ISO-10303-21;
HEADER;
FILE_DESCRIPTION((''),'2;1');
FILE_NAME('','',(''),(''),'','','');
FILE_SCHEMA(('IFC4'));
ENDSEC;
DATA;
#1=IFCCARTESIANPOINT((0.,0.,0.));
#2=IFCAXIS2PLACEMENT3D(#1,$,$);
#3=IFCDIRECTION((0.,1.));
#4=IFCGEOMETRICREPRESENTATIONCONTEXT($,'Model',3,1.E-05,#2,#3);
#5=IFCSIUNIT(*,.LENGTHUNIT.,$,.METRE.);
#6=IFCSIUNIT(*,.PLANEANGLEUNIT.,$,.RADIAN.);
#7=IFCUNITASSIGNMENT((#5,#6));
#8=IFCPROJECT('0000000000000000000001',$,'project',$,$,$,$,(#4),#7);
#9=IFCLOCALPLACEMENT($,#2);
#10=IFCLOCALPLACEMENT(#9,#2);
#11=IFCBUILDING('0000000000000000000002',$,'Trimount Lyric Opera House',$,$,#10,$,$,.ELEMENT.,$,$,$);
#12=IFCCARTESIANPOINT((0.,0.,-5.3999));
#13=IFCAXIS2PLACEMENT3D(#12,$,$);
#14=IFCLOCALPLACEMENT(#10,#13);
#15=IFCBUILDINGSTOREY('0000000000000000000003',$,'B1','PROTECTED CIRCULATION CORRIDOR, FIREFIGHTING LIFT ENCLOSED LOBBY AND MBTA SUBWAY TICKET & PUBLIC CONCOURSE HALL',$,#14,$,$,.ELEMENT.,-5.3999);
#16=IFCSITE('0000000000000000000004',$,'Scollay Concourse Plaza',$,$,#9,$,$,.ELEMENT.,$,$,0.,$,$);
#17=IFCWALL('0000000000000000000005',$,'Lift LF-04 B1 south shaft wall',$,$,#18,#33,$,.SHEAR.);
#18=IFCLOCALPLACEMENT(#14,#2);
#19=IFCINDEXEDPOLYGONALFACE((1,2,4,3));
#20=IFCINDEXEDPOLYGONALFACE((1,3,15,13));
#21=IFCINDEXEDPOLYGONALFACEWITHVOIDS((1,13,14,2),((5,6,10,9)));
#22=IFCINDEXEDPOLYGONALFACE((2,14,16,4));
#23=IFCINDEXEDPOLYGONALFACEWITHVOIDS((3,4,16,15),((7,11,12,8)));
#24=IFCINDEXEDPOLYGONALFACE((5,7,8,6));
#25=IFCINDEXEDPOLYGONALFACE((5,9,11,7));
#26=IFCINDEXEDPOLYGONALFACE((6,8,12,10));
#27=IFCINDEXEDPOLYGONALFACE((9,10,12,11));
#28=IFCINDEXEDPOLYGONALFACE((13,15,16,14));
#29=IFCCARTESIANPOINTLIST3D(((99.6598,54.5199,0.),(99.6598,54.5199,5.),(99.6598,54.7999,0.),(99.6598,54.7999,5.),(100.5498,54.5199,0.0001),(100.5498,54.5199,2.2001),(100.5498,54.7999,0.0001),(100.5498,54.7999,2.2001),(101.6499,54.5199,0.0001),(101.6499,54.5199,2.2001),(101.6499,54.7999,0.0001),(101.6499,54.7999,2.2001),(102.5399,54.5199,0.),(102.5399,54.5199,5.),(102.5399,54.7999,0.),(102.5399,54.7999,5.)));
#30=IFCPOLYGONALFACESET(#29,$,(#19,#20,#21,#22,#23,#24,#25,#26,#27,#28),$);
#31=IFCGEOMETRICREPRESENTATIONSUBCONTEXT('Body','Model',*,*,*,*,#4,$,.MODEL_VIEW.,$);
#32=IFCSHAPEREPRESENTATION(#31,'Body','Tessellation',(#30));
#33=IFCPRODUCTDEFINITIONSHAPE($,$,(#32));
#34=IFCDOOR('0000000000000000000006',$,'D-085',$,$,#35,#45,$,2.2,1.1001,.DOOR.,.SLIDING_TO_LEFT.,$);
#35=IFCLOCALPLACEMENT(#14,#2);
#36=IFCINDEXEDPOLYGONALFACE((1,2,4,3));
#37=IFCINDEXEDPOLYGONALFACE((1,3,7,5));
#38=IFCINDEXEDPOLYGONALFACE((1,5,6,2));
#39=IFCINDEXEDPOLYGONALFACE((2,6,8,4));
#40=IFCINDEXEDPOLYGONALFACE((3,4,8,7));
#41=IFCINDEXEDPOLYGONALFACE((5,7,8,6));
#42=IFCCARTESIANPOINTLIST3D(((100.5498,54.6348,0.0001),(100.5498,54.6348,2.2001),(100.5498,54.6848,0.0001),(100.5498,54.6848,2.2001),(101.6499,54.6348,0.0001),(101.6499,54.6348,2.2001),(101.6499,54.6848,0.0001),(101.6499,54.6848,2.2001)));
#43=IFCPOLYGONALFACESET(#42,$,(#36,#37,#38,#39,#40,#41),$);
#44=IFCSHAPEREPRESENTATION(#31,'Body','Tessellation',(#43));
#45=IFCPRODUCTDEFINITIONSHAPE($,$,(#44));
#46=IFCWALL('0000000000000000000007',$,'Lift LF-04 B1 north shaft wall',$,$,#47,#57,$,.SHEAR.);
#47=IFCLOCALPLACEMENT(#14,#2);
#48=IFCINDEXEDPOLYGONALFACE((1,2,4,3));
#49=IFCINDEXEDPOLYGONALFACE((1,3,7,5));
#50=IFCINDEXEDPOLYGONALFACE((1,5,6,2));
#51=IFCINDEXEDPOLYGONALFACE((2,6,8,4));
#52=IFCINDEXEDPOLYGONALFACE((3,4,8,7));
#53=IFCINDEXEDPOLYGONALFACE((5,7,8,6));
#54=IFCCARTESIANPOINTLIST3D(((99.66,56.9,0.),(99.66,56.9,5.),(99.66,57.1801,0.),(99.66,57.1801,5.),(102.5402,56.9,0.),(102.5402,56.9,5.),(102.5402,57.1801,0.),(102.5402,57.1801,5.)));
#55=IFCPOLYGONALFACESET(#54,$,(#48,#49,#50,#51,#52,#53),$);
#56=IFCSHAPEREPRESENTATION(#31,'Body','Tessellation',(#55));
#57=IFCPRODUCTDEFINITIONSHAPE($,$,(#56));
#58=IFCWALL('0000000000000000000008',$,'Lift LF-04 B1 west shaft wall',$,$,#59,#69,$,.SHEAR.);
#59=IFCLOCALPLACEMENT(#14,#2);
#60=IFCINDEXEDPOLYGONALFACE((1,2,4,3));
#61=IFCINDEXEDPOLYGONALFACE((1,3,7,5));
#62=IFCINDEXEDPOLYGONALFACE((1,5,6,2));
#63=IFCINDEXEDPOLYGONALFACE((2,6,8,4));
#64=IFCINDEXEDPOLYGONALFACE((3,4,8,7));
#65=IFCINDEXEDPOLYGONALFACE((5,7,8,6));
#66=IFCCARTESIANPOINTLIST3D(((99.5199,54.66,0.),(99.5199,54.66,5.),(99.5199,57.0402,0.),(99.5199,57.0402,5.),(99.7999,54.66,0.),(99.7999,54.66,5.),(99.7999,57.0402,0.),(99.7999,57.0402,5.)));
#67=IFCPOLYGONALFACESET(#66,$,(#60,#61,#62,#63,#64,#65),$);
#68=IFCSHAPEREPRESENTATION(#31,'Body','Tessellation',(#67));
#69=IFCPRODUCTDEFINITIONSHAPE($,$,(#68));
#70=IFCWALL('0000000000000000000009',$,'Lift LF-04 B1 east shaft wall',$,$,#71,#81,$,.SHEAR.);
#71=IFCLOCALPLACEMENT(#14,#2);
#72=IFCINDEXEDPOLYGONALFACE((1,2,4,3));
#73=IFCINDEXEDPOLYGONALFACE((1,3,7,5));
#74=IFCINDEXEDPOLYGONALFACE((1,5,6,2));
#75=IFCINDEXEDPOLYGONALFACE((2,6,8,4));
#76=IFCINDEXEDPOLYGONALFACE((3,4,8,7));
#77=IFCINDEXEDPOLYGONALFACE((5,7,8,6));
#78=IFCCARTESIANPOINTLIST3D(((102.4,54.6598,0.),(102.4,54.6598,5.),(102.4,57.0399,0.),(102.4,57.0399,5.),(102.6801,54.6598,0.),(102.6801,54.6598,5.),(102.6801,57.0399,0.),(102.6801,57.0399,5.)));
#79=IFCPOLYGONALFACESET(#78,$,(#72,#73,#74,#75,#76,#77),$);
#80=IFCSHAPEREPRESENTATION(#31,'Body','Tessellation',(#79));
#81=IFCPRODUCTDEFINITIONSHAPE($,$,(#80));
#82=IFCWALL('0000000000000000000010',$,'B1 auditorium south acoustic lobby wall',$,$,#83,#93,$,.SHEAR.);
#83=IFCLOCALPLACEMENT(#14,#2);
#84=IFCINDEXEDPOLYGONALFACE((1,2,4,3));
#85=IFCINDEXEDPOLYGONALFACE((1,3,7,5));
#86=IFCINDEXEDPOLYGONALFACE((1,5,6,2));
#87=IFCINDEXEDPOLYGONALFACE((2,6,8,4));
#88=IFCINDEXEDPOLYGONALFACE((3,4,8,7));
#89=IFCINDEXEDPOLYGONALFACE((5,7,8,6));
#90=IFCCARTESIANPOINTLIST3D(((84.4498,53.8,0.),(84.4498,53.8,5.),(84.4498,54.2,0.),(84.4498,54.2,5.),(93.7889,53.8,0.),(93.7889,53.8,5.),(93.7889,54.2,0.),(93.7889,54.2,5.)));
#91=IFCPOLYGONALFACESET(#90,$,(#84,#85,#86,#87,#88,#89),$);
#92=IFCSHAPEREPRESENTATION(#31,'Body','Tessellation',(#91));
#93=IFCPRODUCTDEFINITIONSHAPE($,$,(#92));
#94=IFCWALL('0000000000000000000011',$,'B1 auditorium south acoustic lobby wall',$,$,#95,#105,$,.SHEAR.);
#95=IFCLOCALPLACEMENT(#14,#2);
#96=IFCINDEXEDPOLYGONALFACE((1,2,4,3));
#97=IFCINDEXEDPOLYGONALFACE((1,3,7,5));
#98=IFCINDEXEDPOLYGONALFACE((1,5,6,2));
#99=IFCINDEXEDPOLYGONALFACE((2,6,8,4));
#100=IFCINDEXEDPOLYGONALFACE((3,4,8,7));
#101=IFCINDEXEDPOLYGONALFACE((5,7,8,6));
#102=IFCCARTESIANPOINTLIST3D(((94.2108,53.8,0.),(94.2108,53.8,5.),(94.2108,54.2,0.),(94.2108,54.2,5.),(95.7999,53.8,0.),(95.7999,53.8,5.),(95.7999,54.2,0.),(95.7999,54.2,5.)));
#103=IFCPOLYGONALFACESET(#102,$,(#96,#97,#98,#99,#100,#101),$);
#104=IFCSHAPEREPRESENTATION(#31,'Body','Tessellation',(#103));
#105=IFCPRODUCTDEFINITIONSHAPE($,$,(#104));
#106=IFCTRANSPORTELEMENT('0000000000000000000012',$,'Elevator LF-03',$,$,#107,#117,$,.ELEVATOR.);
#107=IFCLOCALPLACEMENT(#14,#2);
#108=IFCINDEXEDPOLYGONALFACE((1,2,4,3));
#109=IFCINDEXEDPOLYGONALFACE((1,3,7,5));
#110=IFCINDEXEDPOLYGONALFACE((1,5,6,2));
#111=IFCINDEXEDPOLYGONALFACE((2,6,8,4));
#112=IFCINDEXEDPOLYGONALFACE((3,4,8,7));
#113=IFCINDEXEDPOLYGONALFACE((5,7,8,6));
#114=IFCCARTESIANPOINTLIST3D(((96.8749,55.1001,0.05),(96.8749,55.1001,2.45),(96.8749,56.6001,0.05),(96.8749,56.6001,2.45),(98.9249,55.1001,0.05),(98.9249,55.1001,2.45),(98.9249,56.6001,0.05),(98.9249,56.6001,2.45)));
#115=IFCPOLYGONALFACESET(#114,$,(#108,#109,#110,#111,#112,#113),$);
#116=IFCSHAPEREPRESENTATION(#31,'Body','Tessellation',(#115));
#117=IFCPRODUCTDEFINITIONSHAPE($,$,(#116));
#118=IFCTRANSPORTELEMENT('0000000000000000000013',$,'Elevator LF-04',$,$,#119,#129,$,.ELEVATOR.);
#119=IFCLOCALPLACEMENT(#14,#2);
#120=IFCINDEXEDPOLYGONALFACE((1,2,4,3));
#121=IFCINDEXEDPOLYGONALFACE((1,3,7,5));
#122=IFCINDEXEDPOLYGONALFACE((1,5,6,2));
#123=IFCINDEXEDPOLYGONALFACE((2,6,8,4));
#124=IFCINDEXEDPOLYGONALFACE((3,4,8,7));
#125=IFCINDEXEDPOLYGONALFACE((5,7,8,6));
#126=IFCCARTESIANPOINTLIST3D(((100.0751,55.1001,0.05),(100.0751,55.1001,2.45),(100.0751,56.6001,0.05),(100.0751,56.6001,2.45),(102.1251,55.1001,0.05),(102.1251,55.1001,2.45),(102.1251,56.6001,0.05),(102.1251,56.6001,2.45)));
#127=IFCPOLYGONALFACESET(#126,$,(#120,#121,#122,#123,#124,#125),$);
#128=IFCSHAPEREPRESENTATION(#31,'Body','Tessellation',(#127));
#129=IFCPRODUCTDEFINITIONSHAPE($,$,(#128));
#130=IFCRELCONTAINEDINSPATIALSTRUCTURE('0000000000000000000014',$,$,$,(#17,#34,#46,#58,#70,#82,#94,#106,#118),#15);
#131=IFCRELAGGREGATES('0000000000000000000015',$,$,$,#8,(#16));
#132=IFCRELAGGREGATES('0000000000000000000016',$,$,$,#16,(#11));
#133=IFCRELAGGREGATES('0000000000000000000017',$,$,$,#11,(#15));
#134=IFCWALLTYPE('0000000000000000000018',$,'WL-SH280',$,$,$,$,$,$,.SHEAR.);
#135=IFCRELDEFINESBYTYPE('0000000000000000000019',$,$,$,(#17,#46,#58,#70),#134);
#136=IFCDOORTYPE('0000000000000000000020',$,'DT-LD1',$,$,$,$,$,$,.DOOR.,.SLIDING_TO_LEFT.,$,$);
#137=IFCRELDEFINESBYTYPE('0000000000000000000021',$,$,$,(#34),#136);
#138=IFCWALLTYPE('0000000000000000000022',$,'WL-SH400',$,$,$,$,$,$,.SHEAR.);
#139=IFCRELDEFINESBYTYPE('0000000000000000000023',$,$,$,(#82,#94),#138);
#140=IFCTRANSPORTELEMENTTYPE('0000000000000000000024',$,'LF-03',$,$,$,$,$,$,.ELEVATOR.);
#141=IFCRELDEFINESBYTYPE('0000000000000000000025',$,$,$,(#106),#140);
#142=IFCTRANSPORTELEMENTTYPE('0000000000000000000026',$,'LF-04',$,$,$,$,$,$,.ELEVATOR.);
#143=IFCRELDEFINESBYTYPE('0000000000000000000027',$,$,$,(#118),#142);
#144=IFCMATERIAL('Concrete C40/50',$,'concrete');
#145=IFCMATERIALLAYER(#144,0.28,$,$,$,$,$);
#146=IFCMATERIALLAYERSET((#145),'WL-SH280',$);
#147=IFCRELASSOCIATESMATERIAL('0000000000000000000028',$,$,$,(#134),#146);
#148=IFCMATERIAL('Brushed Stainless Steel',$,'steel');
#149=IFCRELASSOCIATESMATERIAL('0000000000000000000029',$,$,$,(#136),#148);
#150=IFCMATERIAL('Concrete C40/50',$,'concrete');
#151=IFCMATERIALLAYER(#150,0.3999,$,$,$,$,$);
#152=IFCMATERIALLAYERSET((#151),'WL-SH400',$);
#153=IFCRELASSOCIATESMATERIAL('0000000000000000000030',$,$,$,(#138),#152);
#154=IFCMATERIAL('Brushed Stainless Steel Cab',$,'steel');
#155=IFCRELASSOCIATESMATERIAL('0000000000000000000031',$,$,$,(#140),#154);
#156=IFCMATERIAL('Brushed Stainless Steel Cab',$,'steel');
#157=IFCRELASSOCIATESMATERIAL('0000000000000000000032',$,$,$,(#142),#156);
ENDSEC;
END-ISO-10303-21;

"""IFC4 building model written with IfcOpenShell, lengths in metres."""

from ifc_helpers import new_model, si_unit, direction, frame, frame_2d, origin, origin_2d, place, context, subcontext, project, spatial, rectangle, extrude, material, layer, layer_set, type_object, element, fill, save


model = new_model("IFC4")

# Units and contexts
model_context = context("Model", 3, precision=1e-05, world=origin(), true_north=direction((0.0, 1.0)))
body_context = subcontext(model_context, "Body", "Model", "MODEL_VIEW")
ifc_project = project(units=[si_unit("LENGTHUNIT", "METRE"), si_unit("PLANEANGLEUNIT", "RADIAN")], contexts=[model_context])

# Site, building, storey
site_placement = place(None, origin())
site = spatial("IfcSite", under=ifc_project, at=site_placement, Name="Scollay Concourse Plaza", CompositionType="ELEMENT", RefElevation=0.0)
building_placement = place(site_placement, origin())
building = spatial("IfcBuilding", under=site, at=building_placement, Name="Trimount Lyric Opera House", CompositionType="ELEMENT")
storey_placement = place(building_placement, frame((0.0, 0.0, -5.3999)))
storey = spatial("IfcBuildingStorey", under=building, at=storey_placement, Name="B1", Description="PROTECTED CIRCULATION CORRIDOR, FIREFIGHTING LIFT ENCLOSED LOBBY AND MBTA SUBWAY TICKET & PUBLIC CONCOURSE HALL", CompositionType="ELEMENT", Elevation=-5.3999)

# Shared definitions
ifc_material_1 = material(Name="Concrete C40/50", Category="concrete")
ifc_layer_1 = layer(ifc_material_1, 0.28)
ifc_layer_set_1 = layer_set([ifc_layer_1], Name="WL-SH280")
wall_type_1 = type_object("IfcWallType", Name="WL-SH280", PredefinedType="SHEAR", material=ifc_layer_set_1)

# Shared definitions
ifc_material_2 = material(Name="Brushed Stainless Steel", Category="steel")
door_type = type_object("IfcDoorType", Name="DT-LD1", OperationType="SLIDING_TO_LEFT", PredefinedType="DOOR", material=ifc_material_2)

# Wall, opening, door
wall_1_placement = place(storey_placement, frame((99.6599, 54.6599, 0.0), z_axis=(0.0, 0.0, 1.0), x_axis=(1.0, 0.0, 0.0)))
wall_1 = element("IfcWall", 1, at=wall_1_placement, inside=storey, type_object=wall_type_1, Name="Lift LF-04 B1 south shaft wall", PredefinedType="SHEAR", context=body_context, shape_type="SweptSolid", body=[
    extrude(rectangle(XDim=2.8801, YDim=0.28, at=frame_2d((1.4399, 0.0))), origin(), (0.0, 0.0, 1.0), 5.0),
])
opening_1_placement = place(wall_1_placement, frame((0.8899, 0.0, 0.0)))
opening_1 = element("IfcOpeningElement", 2, at=opening_1_placement, cuts=wall_1, PredefinedType="OPENING", context=body_context, shape_type="SweptSolid", body=[
    extrude(rectangle(XDim=1.1001, YDim=2.2, at=frame_2d((0.55, 1.1001))), frame((0.0, 0.1499, 0.0), z_axis=(0.0, -1.0, 0.0), x_axis=(1.0, 0.0, 0.0)), (0.0, 0.0, 1.0), 0.3),
])
door_1_placement = place(opening_1_placement, origin())
door_1 = element("IfcDoor", 3, at=door_1_placement, inside=storey, type_object=door_type, Name="D-085", OperationType="SLIDING_TO_LEFT", OverallHeight=2.2, OverallWidth=1.1001, PredefinedType="DOOR", context=body_context, shape_type="SweptSolid", body=[
    extrude(rectangle(XDim=1.1001, YDim=2.2, at=frame_2d((0.55, 1.1001))), frame((0.0, 0.0249, 0.0), z_axis=(0.0, -1.0, 0.0), x_axis=(1.0, 0.0, 0.0)), (0.0, 0.0, 1.0), 0.05),
])
fill(opening_1, door_1)

# Walls
wall_2_placement = place(storey_placement, frame((102.54, 57.04, 0.0), z_axis=(0.0, 0.0, 1.0), x_axis=(-1.0, 0.0, 0.0)))
element("IfcWall", 4, at=wall_2_placement, inside=storey, type_object=wall_type_1, Name="Lift LF-04 B1 north shaft wall", PredefinedType="SHEAR", context=body_context, shape_type="SweptSolid", body=[
    extrude(rectangle(XDim=2.8801, YDim=0.28, at=frame_2d((1.4399, 0.0))), origin(), (0.0, 0.0, 1.0), 5.0),
])
for number, where, z_axis, x_axis, name in (
    (5, (99.6599, 57.04, 0.0), (0.0, 0.0, 1.0), (0.0, -1.0, 0.0), "Lift LF-04 B1 west shaft wall"),
    (6, (102.54, 54.6599, 0.0), (0.0, 0.0, 1.0), (0.0, 1.0, 0.0), "Lift LF-04 B1 east shaft wall"),
):
    element("IfcWall", number, at=place(storey_placement, frame(where, z_axis=z_axis, x_axis=x_axis)), inside=storey, type_object=wall_type_1, Name=name, PredefinedType="SHEAR", context=body_context, shape_type="SweptSolid", body=[
        extrude(rectangle(XDim=2.3801, YDim=0.28, at=frame_2d((1.1899, 0.0))), origin(), (0.0, 0.0, 1.0), 5.0),
    ])
ifc_material_3 = material(Name="Concrete C40/50", Category="concrete")
ifc_layer_2 = layer(ifc_material_3, 0.3999)
ifc_layer_set_2 = layer_set([ifc_layer_2], Name="WL-SH400")
wall_type_2 = type_object("IfcWallType", Name="WL-SH400", PredefinedType="SHEAR", material=ifc_layer_set_2)
wall_3_placement = place(storey_placement, frame((84.45, 54.0, 0.0), z_axis=(0.0, 0.0, 1.0), x_axis=(1.0, 0.0, 0.0)))
element("IfcWall", 7, at=wall_3_placement, inside=storey, type_object=wall_type_2, Name="B1 auditorium south acoustic lobby wall", PredefinedType="SHEAR", context=body_context, shape_type="SweptSolid", body=[
    extrude(rectangle(XDim=9.3391, YDim=0.3999, at=frame_2d((4.6694, 0.0))), origin(), (0.0, 0.0, 1.0), 5.0),
])
wall_4_placement = place(storey_placement, frame((94.2109, 54.0, 0.0), z_axis=(0.0, 0.0, 1.0), x_axis=(1.0, 0.0, 0.0)))
element("IfcWall", 8, at=wall_4_placement, inside=storey, type_object=wall_type_2, Name="B1 auditorium south acoustic lobby wall", PredefinedType="SHEAR", context=body_context, shape_type="SweptSolid", body=[
    extrude(rectangle(XDim=1.5891, YDim=0.3999, at=frame_2d((0.7944, 0.0))), origin(), (0.0, 0.0, 1.0), 5.0),
])

# Transport elements
ifc_material_4 = material(Name="Brushed Stainless Steel Cab", Category="steel")
transport_element_type_1 = type_object("IfcTransportElementType", Name="LF-03", PredefinedType="ELEVATOR", material=ifc_material_4)
transport_element_1_placement = place(storey_placement, frame((97.8999, 55.8501, 0.05), z_axis=(0.0, 0.0, 1.0), x_axis=(1.0, 0.0, 0.0)))
element("IfcTransportElement", 9, at=transport_element_1_placement, inside=storey, type_object=transport_element_type_1, Name="Elevator LF-03", PredefinedType="ELEVATOR", context=body_context, shape_type="SweptSolid", body=[
    extrude(rectangle(XDim=2.05, YDim=1.5, at=origin_2d()), origin(), (0.0, 0.0, 1.0), 2.3999),
])
ifc_material_5 = material(Name="Brushed Stainless Steel Cab", Category="steel")
transport_element_type_2 = type_object("IfcTransportElementType", Name="LF-04", PredefinedType="ELEVATOR", material=ifc_material_5)
transport_element_2_placement = place(storey_placement, frame((101.1001, 55.8501, 0.05), z_axis=(0.0, 0.0, 1.0), x_axis=(1.0, 0.0, 0.0)))
element("IfcTransportElement", 10, at=transport_element_2_placement, inside=storey, type_object=transport_element_type_2, Name="Elevator LF-04", PredefinedType="ELEVATOR", context=body_context, shape_type="SweptSolid", body=[
    extrude(rectangle(XDim=2.05, YDim=1.5, at=origin_2d()), origin(), (0.0, 0.0, 1.0), 2.3999),
])

save(model, "model.ifc")
